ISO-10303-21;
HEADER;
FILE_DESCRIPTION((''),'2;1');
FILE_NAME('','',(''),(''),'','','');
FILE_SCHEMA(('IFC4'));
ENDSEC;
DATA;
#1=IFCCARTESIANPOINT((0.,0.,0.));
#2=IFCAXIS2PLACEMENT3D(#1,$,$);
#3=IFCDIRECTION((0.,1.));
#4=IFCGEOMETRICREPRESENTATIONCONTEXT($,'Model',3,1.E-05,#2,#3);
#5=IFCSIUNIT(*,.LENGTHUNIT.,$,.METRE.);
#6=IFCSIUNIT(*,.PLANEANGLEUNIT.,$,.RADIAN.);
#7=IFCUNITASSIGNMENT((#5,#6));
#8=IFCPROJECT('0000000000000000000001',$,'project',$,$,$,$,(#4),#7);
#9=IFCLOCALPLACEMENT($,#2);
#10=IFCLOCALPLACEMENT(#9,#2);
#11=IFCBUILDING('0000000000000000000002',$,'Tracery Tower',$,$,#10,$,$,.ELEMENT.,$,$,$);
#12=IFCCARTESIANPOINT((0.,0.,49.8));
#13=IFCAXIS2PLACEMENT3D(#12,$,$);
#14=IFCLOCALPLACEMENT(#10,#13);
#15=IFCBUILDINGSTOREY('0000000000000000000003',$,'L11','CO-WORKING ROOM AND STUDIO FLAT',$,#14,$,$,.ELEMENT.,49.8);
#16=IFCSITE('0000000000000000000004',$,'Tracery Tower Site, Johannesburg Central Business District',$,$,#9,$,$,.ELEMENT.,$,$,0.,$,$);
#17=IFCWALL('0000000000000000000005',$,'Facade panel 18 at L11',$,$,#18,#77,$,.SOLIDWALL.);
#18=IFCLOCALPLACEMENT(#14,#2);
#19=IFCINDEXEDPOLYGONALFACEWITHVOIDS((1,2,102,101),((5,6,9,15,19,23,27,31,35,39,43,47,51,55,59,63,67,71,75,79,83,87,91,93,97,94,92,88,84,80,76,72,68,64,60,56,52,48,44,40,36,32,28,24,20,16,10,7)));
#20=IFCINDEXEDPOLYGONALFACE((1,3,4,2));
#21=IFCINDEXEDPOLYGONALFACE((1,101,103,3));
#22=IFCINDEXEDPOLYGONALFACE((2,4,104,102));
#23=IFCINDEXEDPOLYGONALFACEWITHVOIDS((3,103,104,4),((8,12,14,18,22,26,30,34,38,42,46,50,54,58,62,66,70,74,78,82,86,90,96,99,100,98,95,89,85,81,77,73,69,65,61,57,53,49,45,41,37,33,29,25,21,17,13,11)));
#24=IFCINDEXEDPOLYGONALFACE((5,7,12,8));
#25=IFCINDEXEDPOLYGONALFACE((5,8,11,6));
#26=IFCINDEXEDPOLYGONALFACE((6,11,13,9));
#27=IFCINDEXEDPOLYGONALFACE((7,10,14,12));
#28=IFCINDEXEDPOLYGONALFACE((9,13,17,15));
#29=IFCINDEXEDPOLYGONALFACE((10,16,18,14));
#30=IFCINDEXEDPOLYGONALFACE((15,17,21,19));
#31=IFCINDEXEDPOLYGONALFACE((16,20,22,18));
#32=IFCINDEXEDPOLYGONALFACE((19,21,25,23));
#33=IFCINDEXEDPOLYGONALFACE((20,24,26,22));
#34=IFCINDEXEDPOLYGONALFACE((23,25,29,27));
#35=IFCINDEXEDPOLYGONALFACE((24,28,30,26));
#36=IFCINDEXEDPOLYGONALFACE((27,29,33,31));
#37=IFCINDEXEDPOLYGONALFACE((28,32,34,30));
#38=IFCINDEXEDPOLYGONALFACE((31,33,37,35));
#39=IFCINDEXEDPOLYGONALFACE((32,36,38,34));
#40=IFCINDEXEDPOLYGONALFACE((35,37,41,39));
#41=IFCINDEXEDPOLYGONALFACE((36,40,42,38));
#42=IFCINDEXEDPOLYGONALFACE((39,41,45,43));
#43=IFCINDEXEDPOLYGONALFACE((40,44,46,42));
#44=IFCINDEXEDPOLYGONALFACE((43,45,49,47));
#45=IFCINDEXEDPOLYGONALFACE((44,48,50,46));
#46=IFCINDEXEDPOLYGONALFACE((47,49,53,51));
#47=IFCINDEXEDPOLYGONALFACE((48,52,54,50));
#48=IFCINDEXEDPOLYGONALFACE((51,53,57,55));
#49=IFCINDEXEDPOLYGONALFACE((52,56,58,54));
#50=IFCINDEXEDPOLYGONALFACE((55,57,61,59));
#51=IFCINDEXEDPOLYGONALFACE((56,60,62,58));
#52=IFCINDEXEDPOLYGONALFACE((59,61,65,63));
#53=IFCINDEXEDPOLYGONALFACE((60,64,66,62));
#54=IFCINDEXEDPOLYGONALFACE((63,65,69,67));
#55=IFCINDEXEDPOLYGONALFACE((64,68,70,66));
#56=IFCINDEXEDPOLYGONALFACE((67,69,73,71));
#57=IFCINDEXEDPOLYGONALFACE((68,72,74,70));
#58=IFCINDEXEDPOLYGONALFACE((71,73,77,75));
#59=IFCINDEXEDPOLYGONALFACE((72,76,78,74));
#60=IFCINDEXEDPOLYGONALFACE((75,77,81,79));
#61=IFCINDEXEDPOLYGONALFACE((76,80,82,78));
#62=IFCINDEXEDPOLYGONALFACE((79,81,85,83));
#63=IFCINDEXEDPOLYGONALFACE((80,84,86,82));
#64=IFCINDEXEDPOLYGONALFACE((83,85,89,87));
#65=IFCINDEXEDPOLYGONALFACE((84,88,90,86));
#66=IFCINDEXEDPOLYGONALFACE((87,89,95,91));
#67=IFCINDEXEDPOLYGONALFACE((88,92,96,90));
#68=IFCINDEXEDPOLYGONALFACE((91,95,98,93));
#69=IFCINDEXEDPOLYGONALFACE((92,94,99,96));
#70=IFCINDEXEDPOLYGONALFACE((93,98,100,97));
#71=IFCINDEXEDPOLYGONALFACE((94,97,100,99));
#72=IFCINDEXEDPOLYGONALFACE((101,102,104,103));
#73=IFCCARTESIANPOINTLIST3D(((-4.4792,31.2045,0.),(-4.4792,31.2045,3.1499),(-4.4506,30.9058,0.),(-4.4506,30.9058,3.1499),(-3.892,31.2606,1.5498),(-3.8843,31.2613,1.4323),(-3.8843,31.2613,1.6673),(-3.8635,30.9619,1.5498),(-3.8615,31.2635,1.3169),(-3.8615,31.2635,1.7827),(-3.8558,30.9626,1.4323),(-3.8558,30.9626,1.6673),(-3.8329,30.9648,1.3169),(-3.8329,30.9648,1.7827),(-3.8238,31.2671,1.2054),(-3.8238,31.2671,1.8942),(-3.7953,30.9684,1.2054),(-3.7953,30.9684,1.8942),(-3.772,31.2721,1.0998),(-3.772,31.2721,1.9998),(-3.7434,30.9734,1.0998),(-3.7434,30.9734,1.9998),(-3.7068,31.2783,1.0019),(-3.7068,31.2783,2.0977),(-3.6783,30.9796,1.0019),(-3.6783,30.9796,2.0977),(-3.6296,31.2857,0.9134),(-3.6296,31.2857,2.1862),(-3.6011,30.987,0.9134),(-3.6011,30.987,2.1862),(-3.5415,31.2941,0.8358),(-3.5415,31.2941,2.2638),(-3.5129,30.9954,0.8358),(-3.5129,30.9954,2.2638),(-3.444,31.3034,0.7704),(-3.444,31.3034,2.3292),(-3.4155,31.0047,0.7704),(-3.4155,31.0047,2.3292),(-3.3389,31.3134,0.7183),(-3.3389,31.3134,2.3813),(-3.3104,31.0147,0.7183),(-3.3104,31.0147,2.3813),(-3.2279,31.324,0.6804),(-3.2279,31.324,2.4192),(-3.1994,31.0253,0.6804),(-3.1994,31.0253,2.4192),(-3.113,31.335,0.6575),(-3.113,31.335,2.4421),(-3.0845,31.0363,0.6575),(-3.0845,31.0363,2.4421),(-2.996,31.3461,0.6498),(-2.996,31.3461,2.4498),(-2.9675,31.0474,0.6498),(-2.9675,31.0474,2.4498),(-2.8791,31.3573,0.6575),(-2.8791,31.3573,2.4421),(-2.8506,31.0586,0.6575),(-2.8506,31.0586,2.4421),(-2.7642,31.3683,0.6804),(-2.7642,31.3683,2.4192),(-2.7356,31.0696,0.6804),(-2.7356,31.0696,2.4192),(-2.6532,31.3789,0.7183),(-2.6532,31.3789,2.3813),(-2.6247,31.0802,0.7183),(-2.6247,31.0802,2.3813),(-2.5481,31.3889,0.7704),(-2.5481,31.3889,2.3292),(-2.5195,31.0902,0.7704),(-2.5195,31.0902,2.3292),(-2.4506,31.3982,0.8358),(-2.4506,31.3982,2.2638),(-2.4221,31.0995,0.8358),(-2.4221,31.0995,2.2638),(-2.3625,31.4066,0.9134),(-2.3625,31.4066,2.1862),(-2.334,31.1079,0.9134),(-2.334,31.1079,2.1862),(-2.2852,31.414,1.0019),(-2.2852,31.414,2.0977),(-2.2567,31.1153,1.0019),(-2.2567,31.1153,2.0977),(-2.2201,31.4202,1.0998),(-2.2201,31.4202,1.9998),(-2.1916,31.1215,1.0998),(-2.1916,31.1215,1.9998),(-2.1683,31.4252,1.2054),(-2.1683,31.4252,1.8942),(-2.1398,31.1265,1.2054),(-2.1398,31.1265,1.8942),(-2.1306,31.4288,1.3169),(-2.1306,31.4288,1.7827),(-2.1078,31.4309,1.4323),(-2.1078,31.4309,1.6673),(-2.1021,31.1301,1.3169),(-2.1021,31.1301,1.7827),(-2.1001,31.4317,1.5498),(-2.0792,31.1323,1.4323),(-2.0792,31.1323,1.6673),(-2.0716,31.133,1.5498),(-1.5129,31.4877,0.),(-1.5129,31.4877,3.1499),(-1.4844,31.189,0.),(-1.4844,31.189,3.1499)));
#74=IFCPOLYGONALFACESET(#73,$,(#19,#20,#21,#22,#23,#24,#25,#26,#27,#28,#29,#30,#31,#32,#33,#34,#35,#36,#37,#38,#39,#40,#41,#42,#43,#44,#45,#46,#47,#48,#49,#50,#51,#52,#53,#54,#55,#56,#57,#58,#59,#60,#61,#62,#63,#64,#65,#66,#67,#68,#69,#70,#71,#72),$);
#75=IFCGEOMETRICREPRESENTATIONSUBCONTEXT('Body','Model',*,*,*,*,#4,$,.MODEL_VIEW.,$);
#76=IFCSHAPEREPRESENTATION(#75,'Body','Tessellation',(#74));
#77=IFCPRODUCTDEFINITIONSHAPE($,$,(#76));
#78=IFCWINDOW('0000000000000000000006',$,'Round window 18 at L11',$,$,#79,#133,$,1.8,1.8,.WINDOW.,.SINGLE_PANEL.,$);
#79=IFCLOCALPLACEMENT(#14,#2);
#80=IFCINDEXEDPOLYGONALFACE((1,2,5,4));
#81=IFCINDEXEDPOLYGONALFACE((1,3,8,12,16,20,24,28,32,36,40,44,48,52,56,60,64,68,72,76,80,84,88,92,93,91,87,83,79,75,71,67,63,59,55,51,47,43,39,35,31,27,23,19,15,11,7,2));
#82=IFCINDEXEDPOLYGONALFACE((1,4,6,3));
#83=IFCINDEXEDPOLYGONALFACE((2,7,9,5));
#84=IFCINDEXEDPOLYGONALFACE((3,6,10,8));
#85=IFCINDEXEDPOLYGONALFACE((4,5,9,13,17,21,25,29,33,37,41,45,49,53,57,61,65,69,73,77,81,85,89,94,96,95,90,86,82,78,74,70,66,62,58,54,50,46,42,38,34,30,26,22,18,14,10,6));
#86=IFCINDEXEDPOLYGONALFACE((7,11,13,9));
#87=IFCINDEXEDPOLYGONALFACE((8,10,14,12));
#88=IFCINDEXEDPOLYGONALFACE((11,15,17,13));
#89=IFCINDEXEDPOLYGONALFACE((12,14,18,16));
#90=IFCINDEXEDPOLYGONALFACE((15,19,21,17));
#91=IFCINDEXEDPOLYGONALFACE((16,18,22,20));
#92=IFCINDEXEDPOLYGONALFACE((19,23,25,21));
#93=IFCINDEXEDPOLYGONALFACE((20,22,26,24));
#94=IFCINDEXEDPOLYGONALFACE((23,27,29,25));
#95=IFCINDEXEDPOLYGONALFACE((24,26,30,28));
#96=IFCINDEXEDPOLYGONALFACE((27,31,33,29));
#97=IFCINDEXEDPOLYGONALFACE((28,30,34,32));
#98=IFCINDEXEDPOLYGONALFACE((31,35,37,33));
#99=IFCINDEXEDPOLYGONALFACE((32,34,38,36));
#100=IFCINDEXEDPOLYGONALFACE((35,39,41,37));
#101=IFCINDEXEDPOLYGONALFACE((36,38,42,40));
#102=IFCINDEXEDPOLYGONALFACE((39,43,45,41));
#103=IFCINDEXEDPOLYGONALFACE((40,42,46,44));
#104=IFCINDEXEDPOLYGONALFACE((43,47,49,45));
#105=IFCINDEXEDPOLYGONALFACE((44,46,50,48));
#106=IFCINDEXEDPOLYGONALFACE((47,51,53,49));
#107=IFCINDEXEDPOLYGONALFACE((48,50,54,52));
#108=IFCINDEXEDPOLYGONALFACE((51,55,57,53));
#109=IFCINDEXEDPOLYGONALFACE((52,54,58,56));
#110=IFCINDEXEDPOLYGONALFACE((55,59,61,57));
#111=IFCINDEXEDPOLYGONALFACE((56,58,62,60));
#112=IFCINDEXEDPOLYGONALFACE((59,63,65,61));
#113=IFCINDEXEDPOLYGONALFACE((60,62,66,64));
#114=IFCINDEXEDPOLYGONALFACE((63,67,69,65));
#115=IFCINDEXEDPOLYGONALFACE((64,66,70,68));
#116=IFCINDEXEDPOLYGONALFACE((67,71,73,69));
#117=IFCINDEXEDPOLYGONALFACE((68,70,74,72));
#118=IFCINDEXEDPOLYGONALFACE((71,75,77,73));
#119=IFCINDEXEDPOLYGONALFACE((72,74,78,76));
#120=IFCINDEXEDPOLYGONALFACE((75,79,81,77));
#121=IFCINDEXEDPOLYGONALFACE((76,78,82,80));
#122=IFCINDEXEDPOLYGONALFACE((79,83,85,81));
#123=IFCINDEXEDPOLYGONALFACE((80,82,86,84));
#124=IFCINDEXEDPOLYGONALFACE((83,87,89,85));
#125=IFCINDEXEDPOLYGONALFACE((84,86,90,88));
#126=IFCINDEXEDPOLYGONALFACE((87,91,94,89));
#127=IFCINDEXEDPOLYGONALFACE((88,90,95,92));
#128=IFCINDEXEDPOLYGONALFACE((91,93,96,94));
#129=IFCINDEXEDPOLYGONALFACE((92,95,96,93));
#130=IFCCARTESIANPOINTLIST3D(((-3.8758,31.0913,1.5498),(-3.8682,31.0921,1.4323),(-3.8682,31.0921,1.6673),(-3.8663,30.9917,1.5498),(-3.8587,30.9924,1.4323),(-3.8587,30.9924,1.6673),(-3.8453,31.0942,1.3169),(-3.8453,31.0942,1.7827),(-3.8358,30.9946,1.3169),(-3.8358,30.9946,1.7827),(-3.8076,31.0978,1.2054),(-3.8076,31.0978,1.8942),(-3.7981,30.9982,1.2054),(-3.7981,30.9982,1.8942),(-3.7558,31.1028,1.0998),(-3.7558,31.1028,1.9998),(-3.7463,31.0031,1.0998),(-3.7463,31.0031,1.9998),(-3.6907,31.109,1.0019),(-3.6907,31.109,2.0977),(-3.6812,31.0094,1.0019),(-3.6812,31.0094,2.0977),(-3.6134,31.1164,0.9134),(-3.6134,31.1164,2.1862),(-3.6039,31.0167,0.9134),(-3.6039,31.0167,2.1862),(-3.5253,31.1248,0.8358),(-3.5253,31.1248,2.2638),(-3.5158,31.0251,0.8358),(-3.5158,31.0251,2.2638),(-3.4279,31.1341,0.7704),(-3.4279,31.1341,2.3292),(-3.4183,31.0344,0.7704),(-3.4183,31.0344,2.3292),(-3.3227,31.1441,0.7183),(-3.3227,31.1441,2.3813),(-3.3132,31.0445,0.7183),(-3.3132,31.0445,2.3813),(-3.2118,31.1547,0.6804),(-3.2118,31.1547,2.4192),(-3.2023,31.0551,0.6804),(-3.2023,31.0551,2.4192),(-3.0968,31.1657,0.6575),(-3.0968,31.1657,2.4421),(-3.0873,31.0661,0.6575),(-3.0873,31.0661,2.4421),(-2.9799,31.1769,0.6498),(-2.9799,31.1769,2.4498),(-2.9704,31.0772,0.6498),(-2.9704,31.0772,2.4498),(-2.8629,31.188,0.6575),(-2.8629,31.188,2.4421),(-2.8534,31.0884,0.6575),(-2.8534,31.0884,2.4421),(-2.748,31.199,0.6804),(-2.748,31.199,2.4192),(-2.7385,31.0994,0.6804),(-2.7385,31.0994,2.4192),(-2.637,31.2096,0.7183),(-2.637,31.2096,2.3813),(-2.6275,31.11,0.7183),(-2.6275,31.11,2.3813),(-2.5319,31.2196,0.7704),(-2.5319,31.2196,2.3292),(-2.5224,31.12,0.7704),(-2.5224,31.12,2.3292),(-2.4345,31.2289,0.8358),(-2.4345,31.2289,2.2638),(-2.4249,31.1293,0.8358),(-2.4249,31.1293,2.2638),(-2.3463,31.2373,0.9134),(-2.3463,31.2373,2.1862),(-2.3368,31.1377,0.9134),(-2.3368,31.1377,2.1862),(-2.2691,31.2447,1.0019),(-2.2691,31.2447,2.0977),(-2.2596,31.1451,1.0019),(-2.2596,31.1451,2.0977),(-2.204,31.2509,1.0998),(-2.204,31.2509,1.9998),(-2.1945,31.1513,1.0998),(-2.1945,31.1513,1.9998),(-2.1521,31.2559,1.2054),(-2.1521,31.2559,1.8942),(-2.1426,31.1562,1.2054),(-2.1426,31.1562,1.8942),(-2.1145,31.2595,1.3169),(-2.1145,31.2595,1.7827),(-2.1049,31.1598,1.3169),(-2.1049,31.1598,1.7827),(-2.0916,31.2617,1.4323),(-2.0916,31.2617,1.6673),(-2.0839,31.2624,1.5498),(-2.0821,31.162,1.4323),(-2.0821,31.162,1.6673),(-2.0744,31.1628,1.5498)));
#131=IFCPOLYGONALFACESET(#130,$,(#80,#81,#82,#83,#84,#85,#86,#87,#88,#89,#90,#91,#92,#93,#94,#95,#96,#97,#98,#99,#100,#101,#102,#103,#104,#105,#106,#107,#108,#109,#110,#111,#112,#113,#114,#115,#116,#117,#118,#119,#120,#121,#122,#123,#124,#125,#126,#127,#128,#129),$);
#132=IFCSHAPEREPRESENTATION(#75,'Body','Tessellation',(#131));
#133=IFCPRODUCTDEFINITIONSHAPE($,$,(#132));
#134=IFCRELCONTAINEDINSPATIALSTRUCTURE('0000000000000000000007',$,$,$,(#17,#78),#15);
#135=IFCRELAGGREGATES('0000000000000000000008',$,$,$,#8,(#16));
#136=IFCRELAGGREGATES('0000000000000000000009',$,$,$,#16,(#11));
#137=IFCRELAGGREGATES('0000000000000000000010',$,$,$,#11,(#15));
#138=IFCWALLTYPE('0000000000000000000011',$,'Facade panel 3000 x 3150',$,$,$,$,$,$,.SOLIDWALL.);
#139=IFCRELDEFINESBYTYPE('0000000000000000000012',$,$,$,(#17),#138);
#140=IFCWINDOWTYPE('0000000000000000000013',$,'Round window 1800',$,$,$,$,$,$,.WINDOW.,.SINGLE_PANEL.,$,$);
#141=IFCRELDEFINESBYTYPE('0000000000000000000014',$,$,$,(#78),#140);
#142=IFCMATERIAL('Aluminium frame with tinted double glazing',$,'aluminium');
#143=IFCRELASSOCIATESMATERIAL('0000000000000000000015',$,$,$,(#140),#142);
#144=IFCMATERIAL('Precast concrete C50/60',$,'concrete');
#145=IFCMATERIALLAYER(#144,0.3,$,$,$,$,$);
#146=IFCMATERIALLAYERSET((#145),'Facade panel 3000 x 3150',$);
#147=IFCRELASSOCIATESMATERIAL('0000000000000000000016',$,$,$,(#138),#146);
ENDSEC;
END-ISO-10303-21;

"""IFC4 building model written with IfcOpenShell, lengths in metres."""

from ifc_helpers import new_model, si_unit, direction, frame, frame_2d, origin, origin_2d, place, context, subcontext, project, spatial, rectangle, circle, extrude, material, layer, layer_set, type_object, element, fill, save


model = new_model("IFC4")

# Units and contexts
model_context = context("Model", 3, precision=1e-05, world=origin(), true_north=direction((0.0, 1.0)))
body_context = subcontext(model_context, "Body", "Model", "MODEL_VIEW")
ifc_project = project(units=[si_unit("LENGTHUNIT", "METRE"), si_unit("PLANEANGLEUNIT", "RADIAN")], contexts=[model_context])

# Site, building, storey
site_placement = place(None, origin())
site = spatial("IfcSite", under=ifc_project, at=site_placement, Name="Tracery Tower Site, Johannesburg Central Business District", CompositionType="ELEMENT", RefElevation=0.0)
building_placement = place(site_placement, origin())
building = spatial("IfcBuilding", under=site, at=building_placement, Name="Tracery Tower", CompositionType="ELEMENT")
storey_placement = place(building_placement, frame((0.0, 0.0, 49.8)))
storey = spatial("IfcBuildingStorey", under=building, at=storey_placement, Name="L11", Description="CO-WORKING ROOM AND STUDIO FLAT", CompositionType="ELEMENT", Elevation=49.8)

# Wall, opening, window
ifc_material_1 = material(Name="Aluminium frame with tinted double glazing", Category="aluminium")
window_type = type_object("IfcWindowType", Name="Round window 1800", PartitioningType="SINGLE_PANEL", PredefinedType="WINDOW", material=ifc_material_1)
ifc_material_2 = material(Name="Precast concrete C50/60", Category="concrete")
ifc_layer_1 = layer(ifc_material_2, 0.3)
ifc_layer_set_1 = layer_set([ifc_layer_1], Name="Facade panel 3000 x 3150")
wall_type_1 = type_object("IfcWallType", Name="Facade panel 3000 x 3150", PredefinedType="SOLIDWALL", material=ifc_layer_set_1)
wall_1_placement = place(storey_placement, frame((-1.4988, 31.3384, 0.0), z_axis=(0.0, 0.0, 1.0), x_axis=(-0.995473, -0.095041, 0.0)))
wall_1 = element("IfcWall", 1, at=wall_1_placement, inside=storey, type_object=wall_type_1, Name="Facade panel 18 at L11", PredefinedType="SOLIDWALL", context=body_context, shape_type="SweptSolid", body=[
    extrude(rectangle(XDim=2.9797, YDim=0.3, at=frame_2d((1.4897, 0.0))), origin(), (0.0, 0.0, 1.0), 3.1499),
])
opening_1_placement = place(wall_1_placement, frame((1.4897, 0.0, 1.5498)))
opening_1 = element("IfcOpeningElement", 2, at=opening_1_placement, cuts=wall_1, PredefinedType="OPENING", context=body_context, shape_type="SweptSolid", body=[
    extrude(circle(Radius=0.9, at=origin_2d()), frame((0.0, 0.1599, 0.0), z_axis=(0.0, -1.0, 0.0), x_axis=(1.0, 0.0, 0.0)), (0.0, 0.0, 1.0), 0.3201),
])
window_1_placement = place(opening_1_placement, origin())
window_1 = element("IfcWindow", 3, at=window_1_placement, inside=storey, type_object=window_type, Name="Round window 18 at L11", OverallHeight=1.8, OverallWidth=1.8, PartitioningType="SINGLE_PANEL", PredefinedType="WINDOW", context=body_context, shape_type="SweptSolid", body=[
    extrude(circle(Radius=0.9, at=origin_2d()), frame((0.0, 0.1201, 0.0), z_axis=(0.0, -1.0, 0.0), x_axis=(1.0, 0.0, 0.0)), (0.0, 0.0, 1.0), 0.1001),
])
fill(opening_1, window_1)

save(model, "model.ifc")
